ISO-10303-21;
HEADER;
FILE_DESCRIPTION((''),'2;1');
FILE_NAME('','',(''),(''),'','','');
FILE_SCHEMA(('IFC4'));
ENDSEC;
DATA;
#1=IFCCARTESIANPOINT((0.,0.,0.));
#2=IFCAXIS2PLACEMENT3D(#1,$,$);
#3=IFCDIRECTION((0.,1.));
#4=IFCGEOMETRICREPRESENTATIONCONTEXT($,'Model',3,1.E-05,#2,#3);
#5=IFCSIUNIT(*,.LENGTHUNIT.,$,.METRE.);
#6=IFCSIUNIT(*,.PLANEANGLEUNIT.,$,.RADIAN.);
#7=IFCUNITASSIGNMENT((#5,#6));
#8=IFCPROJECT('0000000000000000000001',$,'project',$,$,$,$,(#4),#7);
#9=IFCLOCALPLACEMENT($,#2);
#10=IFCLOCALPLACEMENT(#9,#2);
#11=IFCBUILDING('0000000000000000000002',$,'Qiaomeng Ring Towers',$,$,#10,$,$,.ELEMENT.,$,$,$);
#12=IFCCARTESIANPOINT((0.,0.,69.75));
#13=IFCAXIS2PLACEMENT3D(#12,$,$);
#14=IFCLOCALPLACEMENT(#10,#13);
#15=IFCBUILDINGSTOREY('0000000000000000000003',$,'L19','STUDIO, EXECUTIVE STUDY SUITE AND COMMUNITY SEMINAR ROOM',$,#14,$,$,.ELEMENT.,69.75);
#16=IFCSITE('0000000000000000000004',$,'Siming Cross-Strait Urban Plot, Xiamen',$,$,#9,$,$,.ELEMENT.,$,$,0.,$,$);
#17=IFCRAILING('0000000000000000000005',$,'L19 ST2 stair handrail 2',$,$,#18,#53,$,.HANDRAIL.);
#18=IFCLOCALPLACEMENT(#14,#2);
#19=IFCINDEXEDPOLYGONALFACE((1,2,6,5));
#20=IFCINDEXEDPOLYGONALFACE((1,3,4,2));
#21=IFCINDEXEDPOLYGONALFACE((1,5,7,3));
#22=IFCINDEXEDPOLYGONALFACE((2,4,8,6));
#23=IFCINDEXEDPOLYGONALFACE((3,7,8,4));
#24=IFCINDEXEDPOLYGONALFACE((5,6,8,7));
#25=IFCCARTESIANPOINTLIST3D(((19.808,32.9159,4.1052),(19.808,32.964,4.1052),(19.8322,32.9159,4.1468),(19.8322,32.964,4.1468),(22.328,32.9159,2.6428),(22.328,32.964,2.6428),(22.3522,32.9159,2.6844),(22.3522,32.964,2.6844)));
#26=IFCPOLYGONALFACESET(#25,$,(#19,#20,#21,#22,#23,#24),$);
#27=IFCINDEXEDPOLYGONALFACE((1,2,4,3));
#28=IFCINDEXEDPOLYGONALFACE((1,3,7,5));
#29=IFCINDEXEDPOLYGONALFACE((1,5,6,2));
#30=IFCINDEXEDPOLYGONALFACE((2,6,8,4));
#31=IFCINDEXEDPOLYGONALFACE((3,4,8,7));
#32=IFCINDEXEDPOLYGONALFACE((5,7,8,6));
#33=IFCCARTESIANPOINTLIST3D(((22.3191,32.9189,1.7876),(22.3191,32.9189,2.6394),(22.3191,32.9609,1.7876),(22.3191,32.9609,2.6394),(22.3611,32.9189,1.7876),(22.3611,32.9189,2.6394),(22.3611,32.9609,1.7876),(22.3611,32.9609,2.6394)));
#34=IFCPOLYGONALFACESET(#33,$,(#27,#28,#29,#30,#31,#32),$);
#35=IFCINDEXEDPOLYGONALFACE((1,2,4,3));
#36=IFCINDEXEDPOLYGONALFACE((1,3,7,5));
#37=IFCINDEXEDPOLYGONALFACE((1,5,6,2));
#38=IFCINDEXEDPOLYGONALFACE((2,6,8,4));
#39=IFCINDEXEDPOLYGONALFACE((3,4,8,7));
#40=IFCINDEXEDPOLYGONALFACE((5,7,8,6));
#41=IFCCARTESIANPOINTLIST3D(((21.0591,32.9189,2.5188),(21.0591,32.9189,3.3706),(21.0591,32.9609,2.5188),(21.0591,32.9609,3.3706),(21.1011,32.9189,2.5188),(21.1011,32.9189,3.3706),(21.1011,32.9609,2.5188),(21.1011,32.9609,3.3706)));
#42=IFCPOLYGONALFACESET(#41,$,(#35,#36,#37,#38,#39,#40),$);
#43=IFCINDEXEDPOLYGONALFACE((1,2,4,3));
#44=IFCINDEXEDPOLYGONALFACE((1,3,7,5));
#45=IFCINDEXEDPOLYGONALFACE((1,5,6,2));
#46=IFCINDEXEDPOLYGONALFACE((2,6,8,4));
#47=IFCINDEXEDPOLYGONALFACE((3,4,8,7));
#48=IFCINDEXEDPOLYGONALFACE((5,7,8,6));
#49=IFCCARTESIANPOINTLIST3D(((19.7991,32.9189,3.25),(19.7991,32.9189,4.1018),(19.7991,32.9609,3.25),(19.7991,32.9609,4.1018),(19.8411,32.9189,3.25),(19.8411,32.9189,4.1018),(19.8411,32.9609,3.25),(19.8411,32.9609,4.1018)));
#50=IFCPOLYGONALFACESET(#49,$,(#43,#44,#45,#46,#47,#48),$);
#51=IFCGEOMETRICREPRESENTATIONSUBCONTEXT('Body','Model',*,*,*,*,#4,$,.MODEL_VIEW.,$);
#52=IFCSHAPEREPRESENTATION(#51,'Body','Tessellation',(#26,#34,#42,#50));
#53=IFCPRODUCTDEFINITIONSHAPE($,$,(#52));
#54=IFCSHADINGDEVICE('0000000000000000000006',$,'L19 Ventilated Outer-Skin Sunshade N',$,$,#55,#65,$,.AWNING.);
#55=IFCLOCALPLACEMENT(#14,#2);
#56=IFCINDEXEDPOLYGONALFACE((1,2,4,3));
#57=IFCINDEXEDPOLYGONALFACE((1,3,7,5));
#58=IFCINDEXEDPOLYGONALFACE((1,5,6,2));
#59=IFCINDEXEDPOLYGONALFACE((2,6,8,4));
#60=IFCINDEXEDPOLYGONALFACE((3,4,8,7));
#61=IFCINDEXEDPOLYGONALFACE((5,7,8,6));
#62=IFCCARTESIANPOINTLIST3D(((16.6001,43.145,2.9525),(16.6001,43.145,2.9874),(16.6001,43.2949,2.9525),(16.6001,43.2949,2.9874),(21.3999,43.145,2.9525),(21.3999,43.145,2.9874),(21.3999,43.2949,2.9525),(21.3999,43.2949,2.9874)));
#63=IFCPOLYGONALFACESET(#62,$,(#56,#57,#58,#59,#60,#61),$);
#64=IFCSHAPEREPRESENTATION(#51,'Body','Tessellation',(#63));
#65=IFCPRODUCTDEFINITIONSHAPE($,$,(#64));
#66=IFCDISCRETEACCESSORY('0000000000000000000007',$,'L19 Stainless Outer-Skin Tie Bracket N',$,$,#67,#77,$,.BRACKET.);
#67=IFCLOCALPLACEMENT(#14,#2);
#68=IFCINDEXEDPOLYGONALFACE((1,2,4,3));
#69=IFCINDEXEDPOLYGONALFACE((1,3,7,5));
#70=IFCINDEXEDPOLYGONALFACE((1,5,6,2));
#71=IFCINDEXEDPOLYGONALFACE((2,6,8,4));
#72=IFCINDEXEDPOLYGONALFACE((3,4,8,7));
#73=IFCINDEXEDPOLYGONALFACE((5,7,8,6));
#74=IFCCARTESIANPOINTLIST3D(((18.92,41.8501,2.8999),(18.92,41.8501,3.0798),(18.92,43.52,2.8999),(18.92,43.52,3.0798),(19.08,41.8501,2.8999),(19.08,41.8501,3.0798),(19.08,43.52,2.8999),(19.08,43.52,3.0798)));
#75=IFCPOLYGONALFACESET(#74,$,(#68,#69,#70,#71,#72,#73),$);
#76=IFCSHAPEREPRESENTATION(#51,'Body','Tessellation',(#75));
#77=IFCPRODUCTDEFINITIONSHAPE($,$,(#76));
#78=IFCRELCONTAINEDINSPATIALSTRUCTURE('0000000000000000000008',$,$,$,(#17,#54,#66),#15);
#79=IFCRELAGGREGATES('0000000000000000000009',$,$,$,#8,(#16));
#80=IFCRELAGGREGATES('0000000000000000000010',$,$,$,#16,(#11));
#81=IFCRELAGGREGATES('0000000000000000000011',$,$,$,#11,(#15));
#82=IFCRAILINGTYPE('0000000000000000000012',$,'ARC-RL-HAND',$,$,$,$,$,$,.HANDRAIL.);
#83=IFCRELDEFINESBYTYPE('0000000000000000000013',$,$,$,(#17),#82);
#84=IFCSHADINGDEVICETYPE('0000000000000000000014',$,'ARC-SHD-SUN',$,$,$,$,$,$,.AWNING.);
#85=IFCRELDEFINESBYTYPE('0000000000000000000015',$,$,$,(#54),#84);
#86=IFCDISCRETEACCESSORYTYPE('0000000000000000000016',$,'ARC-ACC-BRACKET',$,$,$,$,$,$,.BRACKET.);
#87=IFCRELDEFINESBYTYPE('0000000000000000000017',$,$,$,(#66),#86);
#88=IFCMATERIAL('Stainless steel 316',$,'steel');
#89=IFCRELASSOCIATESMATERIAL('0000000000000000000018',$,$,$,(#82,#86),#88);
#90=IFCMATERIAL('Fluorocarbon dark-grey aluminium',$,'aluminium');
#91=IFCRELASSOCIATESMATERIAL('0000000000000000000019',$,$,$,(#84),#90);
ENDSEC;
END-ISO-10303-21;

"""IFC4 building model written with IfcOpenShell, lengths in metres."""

from ifc_helpers import new_model, si_unit, direction, frame, origin, origin_2d, place, context, subcontext, project, spatial, rectangle, extrude, source, transform, mapped, material, material_profile, profile_set, type_object, element, save


model = new_model("IFC4")

# Units and contexts
model_context = context("Model", 3, precision=1e-05, world=origin(), true_north=direction((0.0, 1.0)))
body_context = subcontext(model_context, "Body", "Model", "MODEL_VIEW")
ifc_project = project(units=[si_unit("LENGTHUNIT", "METRE"), si_unit("PLANEANGLEUNIT", "RADIAN")], contexts=[model_context])

# Site, building, storey
site_placement = place(None, origin())
site = spatial("IfcSite", under=ifc_project, at=site_placement, Name="Siming Cross-Strait Urban Plot, Xiamen", CompositionType="ELEMENT", RefElevation=0.0)
building_placement = place(site_placement, origin())
building = spatial("IfcBuilding", under=site, at=building_placement, Name="Qiaomeng Ring Towers", CompositionType="ELEMENT")
storey_placement = place(building_placement, frame((0.0, 0.0, 69.75)))
storey = spatial("IfcBuildingStorey", under=building, at=storey_placement, Name="L19", Description="STUDIO, EXECUTIVE STUDY SUITE AND COMMUNITY SEMINAR ROOM", CompositionType="ELEMENT", Elevation=69.75)

# Railing
ifc_material_1 = material(Name="Stainless steel 316", Category="steel")
railing_type = type_object("IfcRailingType", Name="ARC-RL-HAND", PredefinedType="HANDRAIL", material=ifc_material_1)
railing_1_placement = place(storey_placement, frame((22.3401, 32.9399, 1.7876)))
element("IfcRailing", 1, at=railing_1_placement, inside=storey, type_object=railing_type, Name="L19 ST2 stair handrail 2", PredefinedType="HANDRAIL", context=body_context, shape_type="SweptSolid", body=[
    extrude(rectangle(XDim=0.0481, YDim=0.0481, at=origin_2d()), frame((0.0, 0.0, 0.876), z_axis=(-0.864913, 0.0, 0.501921), x_axis=(0.0, -1.0, 0.0)), (0.0, 0.0, 1.0), 2.9136),
    extrude(rectangle(XDim=0.042, YDim=0.042, at=origin_2d()), origin(), (0.0, 0.0, 1.0), 0.8518),
    extrude(rectangle(XDim=0.042, YDim=0.042, at=origin_2d()), frame((-1.26, 0.0, 0.7312)), (0.0, 0.0, 1.0), 0.8518),
    extrude(rectangle(XDim=0.042, YDim=0.042, at=origin_2d()), frame((-2.52, 0.0, 1.4624)), (0.0, 0.0, 1.0), 0.8518),
])

# Shading device
ifc_material_2 = material(Name="Fluorocarbon dark-grey aluminium", Category="aluminium")
ifc_material_profile_1 = material_profile(ifc_material_2, rectangle(XDim=0.1499, YDim=0.0349, at=origin_2d()), Name="LV BLADE 150x35")
ifc_profile_set_1 = profile_set([ifc_material_profile_1], Name="Fluorocarbon dark-grey aluminium")
shading_device_type = type_object("IfcShadingDeviceType", Name="ARC-SHD-SUN", PredefinedType="AWNING", material=ifc_profile_set_1)
shared_shape_1 = source(origin(), body_context, "Body", "SweptSolid", [
    extrude(rectangle(XDim=0.1499, YDim=0.0349, at=origin_2d()), origin(), (0.0, 0.0, 1.0), 4.7998),
])
shading_device_placement = place(storey_placement, frame((16.6001, 43.22, 2.97), z_axis=(1.0, 0.0, 0.0), x_axis=(0.0, 1.0, 0.0)))
element("IfcShadingDevice", 2, at=shading_device_placement, inside=storey, type_object=shading_device_type, Name="L19 Ventilated Outer-Skin Sunshade N", PredefinedType="AWNING", context=body_context, shape_type="MappedRepresentation", body=[
    mapped(shared_shape_1, transform((0.0, 0.0, 0.0), x_axis=(1.0, 0.0, 0.0), y_axis=(0.0, 1.0, 0.0), z_axis=(0.0, 0.0, 1.0), scale=1.0)),
])

# Discrete accessory
discrete_accessory_type = type_object("IfcDiscreteAccessoryType", Name="ARC-ACC-BRACKET", PredefinedType="BRACKET", material=ifc_material_1)
shared_shape_2 = source(origin(), body_context, "Body", "SweptSolid", [
    extrude(rectangle(XDim=0.1599, YDim=1.6699, at=origin_2d()), origin(), (0.0, 0.0, 1.0), 0.1799),
])
discrete_accessory_placement = place(storey_placement, frame((19.0, 42.6851, 2.8999), z_axis=(0.0, 0.0, 1.0), x_axis=(1.0, 0.0, 0.0)))
element("IfcDiscreteAccessory", 3, at=discrete_accessory_placement, inside=storey, type_object=discrete_accessory_type, Name="L19 Stainless Outer-Skin Tie Bracket N", PredefinedType="BRACKET", context=body_context, shape_type="MappedRepresentation", body=[
    mapped(shared_shape_2, transform((0.0, 0.0, 0.0), x_axis=(1.0, 0.0, 0.0), y_axis=(0.0, 1.0, 0.0), z_axis=(0.0, 0.0, 1.0), scale=1.0)),
])

save(model, "model.ifc")
